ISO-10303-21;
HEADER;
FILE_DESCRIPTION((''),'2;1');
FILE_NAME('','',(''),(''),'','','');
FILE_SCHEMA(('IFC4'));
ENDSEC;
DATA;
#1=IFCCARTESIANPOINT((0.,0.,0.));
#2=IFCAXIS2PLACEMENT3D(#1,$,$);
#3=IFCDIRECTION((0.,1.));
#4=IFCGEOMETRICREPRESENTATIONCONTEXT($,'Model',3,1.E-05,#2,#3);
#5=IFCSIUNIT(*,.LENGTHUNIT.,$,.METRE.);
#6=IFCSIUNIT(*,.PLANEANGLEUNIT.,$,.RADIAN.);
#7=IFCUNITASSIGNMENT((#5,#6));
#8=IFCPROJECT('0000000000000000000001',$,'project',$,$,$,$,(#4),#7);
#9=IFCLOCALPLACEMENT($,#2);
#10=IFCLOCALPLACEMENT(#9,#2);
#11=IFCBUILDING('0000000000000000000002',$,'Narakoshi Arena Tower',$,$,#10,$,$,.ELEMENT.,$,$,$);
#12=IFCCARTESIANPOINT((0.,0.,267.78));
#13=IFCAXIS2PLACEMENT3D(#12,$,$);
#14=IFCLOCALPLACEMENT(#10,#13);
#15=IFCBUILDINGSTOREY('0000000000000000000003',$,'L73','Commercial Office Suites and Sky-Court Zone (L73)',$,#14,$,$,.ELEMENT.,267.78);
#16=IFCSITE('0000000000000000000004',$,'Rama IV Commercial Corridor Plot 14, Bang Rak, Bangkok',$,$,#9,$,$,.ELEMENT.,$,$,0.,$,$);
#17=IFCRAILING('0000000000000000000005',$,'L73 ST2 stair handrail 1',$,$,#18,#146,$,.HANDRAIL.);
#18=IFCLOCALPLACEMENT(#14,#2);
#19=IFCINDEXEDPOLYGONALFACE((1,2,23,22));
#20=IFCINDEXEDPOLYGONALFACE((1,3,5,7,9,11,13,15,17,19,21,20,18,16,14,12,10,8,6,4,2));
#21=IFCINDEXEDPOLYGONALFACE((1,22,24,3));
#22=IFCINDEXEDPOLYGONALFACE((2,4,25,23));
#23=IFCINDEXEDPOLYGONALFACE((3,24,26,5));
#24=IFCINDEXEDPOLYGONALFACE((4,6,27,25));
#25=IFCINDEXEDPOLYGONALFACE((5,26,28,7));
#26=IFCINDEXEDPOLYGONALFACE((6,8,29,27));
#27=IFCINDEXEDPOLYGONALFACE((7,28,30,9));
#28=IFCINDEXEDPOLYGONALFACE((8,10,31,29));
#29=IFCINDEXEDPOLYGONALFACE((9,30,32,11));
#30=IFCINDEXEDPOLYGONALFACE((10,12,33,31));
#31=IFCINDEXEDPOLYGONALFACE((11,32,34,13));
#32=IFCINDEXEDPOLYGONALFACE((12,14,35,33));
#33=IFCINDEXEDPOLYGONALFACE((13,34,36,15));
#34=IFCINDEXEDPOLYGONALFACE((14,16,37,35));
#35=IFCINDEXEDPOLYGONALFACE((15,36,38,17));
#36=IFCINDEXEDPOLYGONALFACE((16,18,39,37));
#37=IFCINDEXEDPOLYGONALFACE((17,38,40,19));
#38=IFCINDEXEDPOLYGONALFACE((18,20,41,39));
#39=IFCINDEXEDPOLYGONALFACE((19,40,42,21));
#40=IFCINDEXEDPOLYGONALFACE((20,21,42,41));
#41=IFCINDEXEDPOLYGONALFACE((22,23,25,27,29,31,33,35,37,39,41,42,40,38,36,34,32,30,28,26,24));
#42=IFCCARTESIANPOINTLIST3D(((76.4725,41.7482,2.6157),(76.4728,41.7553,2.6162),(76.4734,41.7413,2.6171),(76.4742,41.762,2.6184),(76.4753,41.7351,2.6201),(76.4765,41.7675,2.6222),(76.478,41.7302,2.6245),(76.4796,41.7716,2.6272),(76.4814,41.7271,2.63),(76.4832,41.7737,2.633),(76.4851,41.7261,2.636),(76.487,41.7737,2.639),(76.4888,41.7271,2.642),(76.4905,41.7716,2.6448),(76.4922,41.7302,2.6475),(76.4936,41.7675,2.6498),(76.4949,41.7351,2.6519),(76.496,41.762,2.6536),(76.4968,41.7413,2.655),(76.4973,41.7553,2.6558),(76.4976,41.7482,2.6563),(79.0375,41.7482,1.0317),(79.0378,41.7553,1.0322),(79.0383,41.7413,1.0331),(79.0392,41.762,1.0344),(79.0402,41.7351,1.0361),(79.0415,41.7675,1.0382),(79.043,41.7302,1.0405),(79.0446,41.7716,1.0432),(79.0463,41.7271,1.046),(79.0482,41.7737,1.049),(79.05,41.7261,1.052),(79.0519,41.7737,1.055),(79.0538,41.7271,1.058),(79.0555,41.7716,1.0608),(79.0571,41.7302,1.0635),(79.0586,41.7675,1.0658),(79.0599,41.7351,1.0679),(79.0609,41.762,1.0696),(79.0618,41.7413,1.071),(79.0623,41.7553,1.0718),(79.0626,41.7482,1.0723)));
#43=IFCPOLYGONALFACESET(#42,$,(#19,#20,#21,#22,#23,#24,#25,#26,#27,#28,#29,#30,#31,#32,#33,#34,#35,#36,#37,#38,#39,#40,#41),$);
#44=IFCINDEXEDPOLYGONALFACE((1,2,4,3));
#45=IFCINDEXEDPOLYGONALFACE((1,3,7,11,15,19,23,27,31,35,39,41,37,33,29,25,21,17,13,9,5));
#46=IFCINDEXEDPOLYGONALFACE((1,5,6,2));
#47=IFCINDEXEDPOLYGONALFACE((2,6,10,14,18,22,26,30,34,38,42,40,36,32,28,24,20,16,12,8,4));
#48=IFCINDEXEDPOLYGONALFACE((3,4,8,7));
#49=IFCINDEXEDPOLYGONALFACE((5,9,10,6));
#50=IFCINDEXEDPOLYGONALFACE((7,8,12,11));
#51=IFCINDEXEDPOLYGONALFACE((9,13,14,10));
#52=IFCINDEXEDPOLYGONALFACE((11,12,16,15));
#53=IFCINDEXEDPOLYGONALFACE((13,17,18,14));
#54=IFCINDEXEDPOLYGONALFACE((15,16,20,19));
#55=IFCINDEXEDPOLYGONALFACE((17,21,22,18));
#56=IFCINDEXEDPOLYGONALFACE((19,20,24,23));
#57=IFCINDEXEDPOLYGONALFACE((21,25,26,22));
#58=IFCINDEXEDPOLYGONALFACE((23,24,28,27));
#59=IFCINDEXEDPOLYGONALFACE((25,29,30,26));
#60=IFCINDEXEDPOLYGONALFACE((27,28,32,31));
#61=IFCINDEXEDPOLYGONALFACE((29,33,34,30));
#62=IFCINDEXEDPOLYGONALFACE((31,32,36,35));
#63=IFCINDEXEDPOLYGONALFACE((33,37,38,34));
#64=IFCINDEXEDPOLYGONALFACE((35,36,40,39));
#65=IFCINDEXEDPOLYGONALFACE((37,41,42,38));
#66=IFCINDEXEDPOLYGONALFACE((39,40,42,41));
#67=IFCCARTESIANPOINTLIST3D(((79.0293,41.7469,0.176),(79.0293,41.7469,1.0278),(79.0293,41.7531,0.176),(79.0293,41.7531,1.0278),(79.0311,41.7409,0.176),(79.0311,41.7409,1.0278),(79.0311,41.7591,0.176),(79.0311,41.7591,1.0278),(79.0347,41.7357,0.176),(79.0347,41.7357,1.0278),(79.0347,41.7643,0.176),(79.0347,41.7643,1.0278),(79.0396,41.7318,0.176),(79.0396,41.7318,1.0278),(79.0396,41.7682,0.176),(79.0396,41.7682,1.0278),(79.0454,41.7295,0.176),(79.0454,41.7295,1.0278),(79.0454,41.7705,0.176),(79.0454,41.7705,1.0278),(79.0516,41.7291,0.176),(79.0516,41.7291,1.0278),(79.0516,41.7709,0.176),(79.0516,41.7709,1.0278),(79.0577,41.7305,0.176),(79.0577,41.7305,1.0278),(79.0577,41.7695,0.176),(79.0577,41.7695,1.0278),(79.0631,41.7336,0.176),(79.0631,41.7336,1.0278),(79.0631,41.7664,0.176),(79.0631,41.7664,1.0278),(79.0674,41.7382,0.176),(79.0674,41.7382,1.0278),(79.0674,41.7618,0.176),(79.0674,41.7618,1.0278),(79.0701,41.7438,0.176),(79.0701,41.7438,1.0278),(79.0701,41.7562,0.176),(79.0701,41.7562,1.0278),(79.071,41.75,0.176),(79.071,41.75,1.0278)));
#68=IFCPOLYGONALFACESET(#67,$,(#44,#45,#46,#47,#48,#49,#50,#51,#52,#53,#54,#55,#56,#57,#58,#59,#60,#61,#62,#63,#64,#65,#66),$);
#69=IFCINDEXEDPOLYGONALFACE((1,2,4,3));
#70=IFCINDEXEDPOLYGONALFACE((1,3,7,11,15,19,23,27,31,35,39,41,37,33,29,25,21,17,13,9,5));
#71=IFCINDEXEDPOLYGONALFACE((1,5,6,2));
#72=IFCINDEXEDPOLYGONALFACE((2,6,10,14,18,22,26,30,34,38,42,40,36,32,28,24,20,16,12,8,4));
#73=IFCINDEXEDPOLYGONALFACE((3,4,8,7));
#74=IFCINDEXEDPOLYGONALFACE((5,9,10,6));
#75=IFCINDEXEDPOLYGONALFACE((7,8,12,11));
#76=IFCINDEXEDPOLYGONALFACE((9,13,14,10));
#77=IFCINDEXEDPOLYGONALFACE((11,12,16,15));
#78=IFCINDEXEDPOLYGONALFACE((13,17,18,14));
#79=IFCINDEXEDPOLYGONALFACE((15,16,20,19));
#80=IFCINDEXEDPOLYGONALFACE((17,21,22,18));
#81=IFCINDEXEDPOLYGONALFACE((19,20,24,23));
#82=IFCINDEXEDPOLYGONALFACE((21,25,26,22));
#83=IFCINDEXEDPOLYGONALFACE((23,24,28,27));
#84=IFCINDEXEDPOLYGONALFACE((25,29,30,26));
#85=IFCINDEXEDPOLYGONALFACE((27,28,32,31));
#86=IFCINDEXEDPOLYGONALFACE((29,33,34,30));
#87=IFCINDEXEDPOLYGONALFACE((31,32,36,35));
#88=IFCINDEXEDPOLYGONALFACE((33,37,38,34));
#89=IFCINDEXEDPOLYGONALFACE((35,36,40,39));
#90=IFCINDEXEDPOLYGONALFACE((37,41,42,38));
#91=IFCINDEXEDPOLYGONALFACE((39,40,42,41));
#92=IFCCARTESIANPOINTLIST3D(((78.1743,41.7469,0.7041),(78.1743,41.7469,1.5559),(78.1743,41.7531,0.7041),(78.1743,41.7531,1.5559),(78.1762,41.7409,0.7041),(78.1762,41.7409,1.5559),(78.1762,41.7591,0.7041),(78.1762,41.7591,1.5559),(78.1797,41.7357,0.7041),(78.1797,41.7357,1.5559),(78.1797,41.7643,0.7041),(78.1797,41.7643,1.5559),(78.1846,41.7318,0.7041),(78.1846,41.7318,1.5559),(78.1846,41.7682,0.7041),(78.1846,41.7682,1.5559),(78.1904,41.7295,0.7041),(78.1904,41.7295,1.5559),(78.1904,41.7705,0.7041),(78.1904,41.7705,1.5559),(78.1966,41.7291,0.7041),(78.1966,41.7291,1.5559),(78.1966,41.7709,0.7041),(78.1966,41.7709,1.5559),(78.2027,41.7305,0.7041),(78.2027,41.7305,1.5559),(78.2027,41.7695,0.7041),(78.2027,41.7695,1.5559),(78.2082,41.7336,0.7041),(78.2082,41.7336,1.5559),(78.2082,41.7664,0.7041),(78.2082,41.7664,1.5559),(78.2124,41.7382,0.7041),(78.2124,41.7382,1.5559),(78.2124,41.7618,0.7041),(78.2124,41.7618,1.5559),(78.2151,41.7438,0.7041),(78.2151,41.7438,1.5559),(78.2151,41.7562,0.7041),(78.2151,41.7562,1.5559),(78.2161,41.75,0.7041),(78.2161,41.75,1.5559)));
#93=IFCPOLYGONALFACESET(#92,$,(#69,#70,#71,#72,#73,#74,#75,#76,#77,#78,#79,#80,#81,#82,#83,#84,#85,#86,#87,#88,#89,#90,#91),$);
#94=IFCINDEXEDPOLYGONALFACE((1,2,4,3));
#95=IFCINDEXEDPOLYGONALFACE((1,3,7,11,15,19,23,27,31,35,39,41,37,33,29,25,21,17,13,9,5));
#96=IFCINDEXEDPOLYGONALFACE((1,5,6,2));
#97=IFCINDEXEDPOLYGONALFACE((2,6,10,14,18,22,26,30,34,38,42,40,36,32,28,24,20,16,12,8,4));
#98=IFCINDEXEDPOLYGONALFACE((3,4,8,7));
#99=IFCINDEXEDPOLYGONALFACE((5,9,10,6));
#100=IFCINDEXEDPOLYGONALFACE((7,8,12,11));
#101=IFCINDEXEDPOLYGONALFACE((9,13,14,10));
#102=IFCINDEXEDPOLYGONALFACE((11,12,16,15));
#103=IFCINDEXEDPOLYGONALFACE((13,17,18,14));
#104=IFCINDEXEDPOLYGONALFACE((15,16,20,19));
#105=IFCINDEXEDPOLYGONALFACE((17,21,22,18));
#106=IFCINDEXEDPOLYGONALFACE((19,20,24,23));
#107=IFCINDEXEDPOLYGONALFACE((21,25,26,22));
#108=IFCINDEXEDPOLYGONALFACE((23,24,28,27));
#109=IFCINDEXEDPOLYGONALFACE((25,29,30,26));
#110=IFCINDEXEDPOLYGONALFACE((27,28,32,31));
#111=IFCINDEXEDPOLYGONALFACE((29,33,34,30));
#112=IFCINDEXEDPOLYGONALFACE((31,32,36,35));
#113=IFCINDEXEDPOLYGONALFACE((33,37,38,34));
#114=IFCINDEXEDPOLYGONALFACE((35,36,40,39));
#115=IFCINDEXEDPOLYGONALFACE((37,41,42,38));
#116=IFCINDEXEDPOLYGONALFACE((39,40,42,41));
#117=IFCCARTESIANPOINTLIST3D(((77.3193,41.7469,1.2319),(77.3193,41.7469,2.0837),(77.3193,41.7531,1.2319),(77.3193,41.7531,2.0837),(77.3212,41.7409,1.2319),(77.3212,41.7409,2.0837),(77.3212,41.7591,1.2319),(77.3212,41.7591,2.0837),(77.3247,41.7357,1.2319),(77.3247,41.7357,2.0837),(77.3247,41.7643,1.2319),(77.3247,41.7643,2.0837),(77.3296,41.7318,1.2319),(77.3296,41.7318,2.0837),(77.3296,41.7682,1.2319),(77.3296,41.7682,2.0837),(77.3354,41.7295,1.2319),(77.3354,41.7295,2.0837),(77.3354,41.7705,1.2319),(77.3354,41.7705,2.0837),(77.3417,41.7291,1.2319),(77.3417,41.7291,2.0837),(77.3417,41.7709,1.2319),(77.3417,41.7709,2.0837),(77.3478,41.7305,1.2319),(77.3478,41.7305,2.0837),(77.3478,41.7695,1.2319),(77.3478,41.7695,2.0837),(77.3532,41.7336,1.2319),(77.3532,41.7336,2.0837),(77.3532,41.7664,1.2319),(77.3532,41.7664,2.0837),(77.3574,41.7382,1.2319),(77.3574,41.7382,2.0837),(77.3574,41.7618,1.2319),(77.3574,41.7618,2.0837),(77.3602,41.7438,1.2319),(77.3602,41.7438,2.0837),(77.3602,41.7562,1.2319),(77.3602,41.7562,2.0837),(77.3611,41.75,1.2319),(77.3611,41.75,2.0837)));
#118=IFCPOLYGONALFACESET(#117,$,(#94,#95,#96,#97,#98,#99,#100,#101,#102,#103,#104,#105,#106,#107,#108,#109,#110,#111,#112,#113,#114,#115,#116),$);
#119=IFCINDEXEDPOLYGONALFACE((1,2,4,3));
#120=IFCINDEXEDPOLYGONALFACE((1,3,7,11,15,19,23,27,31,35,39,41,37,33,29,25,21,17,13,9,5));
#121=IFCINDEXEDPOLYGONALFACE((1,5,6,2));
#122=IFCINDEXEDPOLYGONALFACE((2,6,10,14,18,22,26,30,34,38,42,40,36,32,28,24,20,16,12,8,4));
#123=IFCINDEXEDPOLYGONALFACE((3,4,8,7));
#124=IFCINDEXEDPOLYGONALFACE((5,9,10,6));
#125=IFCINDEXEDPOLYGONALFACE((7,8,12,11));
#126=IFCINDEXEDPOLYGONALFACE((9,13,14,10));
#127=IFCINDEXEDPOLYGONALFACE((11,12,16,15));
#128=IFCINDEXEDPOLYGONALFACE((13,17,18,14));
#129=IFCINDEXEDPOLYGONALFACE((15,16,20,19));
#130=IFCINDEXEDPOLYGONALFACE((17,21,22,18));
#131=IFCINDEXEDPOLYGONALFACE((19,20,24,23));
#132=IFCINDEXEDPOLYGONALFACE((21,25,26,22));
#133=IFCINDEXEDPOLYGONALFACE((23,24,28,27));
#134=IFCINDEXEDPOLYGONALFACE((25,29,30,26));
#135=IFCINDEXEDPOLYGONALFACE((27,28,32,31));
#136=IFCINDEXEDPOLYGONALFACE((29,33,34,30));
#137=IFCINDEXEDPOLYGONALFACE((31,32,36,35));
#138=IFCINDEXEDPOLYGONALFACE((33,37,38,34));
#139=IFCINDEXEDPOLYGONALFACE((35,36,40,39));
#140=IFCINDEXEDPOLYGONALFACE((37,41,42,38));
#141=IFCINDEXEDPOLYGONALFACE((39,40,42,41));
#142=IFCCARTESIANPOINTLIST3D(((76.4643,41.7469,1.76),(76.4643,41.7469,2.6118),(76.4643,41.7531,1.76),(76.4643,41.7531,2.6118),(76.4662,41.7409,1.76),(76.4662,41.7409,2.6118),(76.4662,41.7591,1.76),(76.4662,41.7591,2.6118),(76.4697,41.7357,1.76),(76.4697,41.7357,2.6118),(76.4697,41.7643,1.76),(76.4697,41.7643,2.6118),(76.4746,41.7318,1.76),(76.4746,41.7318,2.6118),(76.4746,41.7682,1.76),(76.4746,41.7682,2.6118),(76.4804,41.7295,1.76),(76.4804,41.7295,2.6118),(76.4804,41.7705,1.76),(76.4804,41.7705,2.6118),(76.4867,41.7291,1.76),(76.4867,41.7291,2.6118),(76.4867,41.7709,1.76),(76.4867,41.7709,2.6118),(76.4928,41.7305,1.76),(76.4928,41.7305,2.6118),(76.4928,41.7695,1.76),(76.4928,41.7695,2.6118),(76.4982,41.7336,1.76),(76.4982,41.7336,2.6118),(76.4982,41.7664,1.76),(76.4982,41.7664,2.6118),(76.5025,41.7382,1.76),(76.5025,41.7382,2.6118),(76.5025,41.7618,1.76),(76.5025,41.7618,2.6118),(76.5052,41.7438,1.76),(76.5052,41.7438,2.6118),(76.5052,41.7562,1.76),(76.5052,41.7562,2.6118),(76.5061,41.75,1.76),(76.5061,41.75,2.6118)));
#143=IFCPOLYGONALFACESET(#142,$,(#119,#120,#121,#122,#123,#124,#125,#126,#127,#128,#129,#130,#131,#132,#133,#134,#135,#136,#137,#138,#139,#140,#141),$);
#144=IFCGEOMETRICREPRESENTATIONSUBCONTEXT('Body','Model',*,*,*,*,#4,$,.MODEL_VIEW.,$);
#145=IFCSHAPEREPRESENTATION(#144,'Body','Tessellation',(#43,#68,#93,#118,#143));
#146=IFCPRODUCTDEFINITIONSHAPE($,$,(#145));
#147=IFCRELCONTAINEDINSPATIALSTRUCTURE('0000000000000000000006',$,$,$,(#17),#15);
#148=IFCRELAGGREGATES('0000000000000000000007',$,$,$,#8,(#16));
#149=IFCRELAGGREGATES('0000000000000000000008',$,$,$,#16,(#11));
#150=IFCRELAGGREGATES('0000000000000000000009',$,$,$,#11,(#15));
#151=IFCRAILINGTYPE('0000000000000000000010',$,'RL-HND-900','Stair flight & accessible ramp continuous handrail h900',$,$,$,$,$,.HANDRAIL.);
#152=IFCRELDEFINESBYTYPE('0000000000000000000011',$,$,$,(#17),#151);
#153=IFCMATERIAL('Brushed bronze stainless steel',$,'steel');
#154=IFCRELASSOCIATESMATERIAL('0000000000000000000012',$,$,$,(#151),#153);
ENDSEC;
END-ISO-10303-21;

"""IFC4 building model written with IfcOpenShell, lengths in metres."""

from ifc_helpers import new_model, si_unit, direction, frame, origin, origin_2d, place, context, subcontext, project, spatial, circle, extrude, material, type_object, element, save


model = new_model("IFC4")

# Units and contexts
model_context = context("Model", 3, precision=1e-05, world=origin(), true_north=direction((0.0, 1.0)))
body_context = subcontext(model_context, "Body", "Model", "MODEL_VIEW")
ifc_project = project(units=[si_unit("LENGTHUNIT", "METRE"), si_unit("PLANEANGLEUNIT", "RADIAN")], contexts=[model_context])

# Site, building, storey
site_placement = place(None, origin())
site = spatial("IfcSite", under=ifc_project, at=site_placement, Name="Rama IV Commercial Corridor Plot 14, Bang Rak, Bangkok", CompositionType="ELEMENT", RefElevation=0.0)
building_placement = place(site_placement, origin())
building = spatial("IfcBuilding", under=site, at=building_placement, Name="Narakoshi Arena Tower", CompositionType="ELEMENT")
storey_placement = place(building_placement, frame((0.0, 0.0, 267.78)))
storey = spatial("IfcBuildingStorey", under=building, at=storey_placement, Name="L73", Description="Commercial Office Suites and Sky-Court Zone (L73)", CompositionType="ELEMENT", Elevation=267.78)

# Shared definitions
ifc_material_1 = material(Name="Brushed bronze stainless steel", Category="steel")

# Railing
railing_type_1 = type_object("IfcRailingType", Name="RL-HND-900", Description="Stair flight & accessible ramp continuous handrail h900", PredefinedType="HANDRAIL", material=ifc_material_1)
railing_1_placement = place(storey_placement, frame((79.05, 41.75, 0.176)))
element("IfcRailing", 1, at=railing_1_placement, inside=storey, type_object=railing_type_1, Name="L73 ST2 stair handrail 1", PredefinedType="HANDRAIL", context=body_context, shape_type="SweptSolid", body=[
    extrude(circle(Radius=0.0239, at=origin_2d()), frame((0.0, 0.0, 0.876), z_axis=(-0.850834, 0.0, 0.525434), x_axis=(0.0, -1.0, 0.0)), (0.0, 0.0, 1.0), 3.0146),
    extrude(circle(Radius=0.021, at=origin_2d()), origin(), (0.0, 0.0, 1.0), 0.8518),
    extrude(circle(Radius=0.021, at=origin_2d()), frame((-0.855, 0.0, 0.5281)), (0.0, 0.0, 1.0), 0.8518),
    extrude(circle(Radius=0.021, at=origin_2d()), frame((-1.71, 0.0, 1.0559)), (0.0, 0.0, 1.0), 0.8518),
    extrude(circle(Radius=0.021, at=origin_2d()), frame((-2.5649, 0.0, 1.584)), (0.0, 0.0, 1.0), 0.8518),
])

save(model, "model.ifc")
